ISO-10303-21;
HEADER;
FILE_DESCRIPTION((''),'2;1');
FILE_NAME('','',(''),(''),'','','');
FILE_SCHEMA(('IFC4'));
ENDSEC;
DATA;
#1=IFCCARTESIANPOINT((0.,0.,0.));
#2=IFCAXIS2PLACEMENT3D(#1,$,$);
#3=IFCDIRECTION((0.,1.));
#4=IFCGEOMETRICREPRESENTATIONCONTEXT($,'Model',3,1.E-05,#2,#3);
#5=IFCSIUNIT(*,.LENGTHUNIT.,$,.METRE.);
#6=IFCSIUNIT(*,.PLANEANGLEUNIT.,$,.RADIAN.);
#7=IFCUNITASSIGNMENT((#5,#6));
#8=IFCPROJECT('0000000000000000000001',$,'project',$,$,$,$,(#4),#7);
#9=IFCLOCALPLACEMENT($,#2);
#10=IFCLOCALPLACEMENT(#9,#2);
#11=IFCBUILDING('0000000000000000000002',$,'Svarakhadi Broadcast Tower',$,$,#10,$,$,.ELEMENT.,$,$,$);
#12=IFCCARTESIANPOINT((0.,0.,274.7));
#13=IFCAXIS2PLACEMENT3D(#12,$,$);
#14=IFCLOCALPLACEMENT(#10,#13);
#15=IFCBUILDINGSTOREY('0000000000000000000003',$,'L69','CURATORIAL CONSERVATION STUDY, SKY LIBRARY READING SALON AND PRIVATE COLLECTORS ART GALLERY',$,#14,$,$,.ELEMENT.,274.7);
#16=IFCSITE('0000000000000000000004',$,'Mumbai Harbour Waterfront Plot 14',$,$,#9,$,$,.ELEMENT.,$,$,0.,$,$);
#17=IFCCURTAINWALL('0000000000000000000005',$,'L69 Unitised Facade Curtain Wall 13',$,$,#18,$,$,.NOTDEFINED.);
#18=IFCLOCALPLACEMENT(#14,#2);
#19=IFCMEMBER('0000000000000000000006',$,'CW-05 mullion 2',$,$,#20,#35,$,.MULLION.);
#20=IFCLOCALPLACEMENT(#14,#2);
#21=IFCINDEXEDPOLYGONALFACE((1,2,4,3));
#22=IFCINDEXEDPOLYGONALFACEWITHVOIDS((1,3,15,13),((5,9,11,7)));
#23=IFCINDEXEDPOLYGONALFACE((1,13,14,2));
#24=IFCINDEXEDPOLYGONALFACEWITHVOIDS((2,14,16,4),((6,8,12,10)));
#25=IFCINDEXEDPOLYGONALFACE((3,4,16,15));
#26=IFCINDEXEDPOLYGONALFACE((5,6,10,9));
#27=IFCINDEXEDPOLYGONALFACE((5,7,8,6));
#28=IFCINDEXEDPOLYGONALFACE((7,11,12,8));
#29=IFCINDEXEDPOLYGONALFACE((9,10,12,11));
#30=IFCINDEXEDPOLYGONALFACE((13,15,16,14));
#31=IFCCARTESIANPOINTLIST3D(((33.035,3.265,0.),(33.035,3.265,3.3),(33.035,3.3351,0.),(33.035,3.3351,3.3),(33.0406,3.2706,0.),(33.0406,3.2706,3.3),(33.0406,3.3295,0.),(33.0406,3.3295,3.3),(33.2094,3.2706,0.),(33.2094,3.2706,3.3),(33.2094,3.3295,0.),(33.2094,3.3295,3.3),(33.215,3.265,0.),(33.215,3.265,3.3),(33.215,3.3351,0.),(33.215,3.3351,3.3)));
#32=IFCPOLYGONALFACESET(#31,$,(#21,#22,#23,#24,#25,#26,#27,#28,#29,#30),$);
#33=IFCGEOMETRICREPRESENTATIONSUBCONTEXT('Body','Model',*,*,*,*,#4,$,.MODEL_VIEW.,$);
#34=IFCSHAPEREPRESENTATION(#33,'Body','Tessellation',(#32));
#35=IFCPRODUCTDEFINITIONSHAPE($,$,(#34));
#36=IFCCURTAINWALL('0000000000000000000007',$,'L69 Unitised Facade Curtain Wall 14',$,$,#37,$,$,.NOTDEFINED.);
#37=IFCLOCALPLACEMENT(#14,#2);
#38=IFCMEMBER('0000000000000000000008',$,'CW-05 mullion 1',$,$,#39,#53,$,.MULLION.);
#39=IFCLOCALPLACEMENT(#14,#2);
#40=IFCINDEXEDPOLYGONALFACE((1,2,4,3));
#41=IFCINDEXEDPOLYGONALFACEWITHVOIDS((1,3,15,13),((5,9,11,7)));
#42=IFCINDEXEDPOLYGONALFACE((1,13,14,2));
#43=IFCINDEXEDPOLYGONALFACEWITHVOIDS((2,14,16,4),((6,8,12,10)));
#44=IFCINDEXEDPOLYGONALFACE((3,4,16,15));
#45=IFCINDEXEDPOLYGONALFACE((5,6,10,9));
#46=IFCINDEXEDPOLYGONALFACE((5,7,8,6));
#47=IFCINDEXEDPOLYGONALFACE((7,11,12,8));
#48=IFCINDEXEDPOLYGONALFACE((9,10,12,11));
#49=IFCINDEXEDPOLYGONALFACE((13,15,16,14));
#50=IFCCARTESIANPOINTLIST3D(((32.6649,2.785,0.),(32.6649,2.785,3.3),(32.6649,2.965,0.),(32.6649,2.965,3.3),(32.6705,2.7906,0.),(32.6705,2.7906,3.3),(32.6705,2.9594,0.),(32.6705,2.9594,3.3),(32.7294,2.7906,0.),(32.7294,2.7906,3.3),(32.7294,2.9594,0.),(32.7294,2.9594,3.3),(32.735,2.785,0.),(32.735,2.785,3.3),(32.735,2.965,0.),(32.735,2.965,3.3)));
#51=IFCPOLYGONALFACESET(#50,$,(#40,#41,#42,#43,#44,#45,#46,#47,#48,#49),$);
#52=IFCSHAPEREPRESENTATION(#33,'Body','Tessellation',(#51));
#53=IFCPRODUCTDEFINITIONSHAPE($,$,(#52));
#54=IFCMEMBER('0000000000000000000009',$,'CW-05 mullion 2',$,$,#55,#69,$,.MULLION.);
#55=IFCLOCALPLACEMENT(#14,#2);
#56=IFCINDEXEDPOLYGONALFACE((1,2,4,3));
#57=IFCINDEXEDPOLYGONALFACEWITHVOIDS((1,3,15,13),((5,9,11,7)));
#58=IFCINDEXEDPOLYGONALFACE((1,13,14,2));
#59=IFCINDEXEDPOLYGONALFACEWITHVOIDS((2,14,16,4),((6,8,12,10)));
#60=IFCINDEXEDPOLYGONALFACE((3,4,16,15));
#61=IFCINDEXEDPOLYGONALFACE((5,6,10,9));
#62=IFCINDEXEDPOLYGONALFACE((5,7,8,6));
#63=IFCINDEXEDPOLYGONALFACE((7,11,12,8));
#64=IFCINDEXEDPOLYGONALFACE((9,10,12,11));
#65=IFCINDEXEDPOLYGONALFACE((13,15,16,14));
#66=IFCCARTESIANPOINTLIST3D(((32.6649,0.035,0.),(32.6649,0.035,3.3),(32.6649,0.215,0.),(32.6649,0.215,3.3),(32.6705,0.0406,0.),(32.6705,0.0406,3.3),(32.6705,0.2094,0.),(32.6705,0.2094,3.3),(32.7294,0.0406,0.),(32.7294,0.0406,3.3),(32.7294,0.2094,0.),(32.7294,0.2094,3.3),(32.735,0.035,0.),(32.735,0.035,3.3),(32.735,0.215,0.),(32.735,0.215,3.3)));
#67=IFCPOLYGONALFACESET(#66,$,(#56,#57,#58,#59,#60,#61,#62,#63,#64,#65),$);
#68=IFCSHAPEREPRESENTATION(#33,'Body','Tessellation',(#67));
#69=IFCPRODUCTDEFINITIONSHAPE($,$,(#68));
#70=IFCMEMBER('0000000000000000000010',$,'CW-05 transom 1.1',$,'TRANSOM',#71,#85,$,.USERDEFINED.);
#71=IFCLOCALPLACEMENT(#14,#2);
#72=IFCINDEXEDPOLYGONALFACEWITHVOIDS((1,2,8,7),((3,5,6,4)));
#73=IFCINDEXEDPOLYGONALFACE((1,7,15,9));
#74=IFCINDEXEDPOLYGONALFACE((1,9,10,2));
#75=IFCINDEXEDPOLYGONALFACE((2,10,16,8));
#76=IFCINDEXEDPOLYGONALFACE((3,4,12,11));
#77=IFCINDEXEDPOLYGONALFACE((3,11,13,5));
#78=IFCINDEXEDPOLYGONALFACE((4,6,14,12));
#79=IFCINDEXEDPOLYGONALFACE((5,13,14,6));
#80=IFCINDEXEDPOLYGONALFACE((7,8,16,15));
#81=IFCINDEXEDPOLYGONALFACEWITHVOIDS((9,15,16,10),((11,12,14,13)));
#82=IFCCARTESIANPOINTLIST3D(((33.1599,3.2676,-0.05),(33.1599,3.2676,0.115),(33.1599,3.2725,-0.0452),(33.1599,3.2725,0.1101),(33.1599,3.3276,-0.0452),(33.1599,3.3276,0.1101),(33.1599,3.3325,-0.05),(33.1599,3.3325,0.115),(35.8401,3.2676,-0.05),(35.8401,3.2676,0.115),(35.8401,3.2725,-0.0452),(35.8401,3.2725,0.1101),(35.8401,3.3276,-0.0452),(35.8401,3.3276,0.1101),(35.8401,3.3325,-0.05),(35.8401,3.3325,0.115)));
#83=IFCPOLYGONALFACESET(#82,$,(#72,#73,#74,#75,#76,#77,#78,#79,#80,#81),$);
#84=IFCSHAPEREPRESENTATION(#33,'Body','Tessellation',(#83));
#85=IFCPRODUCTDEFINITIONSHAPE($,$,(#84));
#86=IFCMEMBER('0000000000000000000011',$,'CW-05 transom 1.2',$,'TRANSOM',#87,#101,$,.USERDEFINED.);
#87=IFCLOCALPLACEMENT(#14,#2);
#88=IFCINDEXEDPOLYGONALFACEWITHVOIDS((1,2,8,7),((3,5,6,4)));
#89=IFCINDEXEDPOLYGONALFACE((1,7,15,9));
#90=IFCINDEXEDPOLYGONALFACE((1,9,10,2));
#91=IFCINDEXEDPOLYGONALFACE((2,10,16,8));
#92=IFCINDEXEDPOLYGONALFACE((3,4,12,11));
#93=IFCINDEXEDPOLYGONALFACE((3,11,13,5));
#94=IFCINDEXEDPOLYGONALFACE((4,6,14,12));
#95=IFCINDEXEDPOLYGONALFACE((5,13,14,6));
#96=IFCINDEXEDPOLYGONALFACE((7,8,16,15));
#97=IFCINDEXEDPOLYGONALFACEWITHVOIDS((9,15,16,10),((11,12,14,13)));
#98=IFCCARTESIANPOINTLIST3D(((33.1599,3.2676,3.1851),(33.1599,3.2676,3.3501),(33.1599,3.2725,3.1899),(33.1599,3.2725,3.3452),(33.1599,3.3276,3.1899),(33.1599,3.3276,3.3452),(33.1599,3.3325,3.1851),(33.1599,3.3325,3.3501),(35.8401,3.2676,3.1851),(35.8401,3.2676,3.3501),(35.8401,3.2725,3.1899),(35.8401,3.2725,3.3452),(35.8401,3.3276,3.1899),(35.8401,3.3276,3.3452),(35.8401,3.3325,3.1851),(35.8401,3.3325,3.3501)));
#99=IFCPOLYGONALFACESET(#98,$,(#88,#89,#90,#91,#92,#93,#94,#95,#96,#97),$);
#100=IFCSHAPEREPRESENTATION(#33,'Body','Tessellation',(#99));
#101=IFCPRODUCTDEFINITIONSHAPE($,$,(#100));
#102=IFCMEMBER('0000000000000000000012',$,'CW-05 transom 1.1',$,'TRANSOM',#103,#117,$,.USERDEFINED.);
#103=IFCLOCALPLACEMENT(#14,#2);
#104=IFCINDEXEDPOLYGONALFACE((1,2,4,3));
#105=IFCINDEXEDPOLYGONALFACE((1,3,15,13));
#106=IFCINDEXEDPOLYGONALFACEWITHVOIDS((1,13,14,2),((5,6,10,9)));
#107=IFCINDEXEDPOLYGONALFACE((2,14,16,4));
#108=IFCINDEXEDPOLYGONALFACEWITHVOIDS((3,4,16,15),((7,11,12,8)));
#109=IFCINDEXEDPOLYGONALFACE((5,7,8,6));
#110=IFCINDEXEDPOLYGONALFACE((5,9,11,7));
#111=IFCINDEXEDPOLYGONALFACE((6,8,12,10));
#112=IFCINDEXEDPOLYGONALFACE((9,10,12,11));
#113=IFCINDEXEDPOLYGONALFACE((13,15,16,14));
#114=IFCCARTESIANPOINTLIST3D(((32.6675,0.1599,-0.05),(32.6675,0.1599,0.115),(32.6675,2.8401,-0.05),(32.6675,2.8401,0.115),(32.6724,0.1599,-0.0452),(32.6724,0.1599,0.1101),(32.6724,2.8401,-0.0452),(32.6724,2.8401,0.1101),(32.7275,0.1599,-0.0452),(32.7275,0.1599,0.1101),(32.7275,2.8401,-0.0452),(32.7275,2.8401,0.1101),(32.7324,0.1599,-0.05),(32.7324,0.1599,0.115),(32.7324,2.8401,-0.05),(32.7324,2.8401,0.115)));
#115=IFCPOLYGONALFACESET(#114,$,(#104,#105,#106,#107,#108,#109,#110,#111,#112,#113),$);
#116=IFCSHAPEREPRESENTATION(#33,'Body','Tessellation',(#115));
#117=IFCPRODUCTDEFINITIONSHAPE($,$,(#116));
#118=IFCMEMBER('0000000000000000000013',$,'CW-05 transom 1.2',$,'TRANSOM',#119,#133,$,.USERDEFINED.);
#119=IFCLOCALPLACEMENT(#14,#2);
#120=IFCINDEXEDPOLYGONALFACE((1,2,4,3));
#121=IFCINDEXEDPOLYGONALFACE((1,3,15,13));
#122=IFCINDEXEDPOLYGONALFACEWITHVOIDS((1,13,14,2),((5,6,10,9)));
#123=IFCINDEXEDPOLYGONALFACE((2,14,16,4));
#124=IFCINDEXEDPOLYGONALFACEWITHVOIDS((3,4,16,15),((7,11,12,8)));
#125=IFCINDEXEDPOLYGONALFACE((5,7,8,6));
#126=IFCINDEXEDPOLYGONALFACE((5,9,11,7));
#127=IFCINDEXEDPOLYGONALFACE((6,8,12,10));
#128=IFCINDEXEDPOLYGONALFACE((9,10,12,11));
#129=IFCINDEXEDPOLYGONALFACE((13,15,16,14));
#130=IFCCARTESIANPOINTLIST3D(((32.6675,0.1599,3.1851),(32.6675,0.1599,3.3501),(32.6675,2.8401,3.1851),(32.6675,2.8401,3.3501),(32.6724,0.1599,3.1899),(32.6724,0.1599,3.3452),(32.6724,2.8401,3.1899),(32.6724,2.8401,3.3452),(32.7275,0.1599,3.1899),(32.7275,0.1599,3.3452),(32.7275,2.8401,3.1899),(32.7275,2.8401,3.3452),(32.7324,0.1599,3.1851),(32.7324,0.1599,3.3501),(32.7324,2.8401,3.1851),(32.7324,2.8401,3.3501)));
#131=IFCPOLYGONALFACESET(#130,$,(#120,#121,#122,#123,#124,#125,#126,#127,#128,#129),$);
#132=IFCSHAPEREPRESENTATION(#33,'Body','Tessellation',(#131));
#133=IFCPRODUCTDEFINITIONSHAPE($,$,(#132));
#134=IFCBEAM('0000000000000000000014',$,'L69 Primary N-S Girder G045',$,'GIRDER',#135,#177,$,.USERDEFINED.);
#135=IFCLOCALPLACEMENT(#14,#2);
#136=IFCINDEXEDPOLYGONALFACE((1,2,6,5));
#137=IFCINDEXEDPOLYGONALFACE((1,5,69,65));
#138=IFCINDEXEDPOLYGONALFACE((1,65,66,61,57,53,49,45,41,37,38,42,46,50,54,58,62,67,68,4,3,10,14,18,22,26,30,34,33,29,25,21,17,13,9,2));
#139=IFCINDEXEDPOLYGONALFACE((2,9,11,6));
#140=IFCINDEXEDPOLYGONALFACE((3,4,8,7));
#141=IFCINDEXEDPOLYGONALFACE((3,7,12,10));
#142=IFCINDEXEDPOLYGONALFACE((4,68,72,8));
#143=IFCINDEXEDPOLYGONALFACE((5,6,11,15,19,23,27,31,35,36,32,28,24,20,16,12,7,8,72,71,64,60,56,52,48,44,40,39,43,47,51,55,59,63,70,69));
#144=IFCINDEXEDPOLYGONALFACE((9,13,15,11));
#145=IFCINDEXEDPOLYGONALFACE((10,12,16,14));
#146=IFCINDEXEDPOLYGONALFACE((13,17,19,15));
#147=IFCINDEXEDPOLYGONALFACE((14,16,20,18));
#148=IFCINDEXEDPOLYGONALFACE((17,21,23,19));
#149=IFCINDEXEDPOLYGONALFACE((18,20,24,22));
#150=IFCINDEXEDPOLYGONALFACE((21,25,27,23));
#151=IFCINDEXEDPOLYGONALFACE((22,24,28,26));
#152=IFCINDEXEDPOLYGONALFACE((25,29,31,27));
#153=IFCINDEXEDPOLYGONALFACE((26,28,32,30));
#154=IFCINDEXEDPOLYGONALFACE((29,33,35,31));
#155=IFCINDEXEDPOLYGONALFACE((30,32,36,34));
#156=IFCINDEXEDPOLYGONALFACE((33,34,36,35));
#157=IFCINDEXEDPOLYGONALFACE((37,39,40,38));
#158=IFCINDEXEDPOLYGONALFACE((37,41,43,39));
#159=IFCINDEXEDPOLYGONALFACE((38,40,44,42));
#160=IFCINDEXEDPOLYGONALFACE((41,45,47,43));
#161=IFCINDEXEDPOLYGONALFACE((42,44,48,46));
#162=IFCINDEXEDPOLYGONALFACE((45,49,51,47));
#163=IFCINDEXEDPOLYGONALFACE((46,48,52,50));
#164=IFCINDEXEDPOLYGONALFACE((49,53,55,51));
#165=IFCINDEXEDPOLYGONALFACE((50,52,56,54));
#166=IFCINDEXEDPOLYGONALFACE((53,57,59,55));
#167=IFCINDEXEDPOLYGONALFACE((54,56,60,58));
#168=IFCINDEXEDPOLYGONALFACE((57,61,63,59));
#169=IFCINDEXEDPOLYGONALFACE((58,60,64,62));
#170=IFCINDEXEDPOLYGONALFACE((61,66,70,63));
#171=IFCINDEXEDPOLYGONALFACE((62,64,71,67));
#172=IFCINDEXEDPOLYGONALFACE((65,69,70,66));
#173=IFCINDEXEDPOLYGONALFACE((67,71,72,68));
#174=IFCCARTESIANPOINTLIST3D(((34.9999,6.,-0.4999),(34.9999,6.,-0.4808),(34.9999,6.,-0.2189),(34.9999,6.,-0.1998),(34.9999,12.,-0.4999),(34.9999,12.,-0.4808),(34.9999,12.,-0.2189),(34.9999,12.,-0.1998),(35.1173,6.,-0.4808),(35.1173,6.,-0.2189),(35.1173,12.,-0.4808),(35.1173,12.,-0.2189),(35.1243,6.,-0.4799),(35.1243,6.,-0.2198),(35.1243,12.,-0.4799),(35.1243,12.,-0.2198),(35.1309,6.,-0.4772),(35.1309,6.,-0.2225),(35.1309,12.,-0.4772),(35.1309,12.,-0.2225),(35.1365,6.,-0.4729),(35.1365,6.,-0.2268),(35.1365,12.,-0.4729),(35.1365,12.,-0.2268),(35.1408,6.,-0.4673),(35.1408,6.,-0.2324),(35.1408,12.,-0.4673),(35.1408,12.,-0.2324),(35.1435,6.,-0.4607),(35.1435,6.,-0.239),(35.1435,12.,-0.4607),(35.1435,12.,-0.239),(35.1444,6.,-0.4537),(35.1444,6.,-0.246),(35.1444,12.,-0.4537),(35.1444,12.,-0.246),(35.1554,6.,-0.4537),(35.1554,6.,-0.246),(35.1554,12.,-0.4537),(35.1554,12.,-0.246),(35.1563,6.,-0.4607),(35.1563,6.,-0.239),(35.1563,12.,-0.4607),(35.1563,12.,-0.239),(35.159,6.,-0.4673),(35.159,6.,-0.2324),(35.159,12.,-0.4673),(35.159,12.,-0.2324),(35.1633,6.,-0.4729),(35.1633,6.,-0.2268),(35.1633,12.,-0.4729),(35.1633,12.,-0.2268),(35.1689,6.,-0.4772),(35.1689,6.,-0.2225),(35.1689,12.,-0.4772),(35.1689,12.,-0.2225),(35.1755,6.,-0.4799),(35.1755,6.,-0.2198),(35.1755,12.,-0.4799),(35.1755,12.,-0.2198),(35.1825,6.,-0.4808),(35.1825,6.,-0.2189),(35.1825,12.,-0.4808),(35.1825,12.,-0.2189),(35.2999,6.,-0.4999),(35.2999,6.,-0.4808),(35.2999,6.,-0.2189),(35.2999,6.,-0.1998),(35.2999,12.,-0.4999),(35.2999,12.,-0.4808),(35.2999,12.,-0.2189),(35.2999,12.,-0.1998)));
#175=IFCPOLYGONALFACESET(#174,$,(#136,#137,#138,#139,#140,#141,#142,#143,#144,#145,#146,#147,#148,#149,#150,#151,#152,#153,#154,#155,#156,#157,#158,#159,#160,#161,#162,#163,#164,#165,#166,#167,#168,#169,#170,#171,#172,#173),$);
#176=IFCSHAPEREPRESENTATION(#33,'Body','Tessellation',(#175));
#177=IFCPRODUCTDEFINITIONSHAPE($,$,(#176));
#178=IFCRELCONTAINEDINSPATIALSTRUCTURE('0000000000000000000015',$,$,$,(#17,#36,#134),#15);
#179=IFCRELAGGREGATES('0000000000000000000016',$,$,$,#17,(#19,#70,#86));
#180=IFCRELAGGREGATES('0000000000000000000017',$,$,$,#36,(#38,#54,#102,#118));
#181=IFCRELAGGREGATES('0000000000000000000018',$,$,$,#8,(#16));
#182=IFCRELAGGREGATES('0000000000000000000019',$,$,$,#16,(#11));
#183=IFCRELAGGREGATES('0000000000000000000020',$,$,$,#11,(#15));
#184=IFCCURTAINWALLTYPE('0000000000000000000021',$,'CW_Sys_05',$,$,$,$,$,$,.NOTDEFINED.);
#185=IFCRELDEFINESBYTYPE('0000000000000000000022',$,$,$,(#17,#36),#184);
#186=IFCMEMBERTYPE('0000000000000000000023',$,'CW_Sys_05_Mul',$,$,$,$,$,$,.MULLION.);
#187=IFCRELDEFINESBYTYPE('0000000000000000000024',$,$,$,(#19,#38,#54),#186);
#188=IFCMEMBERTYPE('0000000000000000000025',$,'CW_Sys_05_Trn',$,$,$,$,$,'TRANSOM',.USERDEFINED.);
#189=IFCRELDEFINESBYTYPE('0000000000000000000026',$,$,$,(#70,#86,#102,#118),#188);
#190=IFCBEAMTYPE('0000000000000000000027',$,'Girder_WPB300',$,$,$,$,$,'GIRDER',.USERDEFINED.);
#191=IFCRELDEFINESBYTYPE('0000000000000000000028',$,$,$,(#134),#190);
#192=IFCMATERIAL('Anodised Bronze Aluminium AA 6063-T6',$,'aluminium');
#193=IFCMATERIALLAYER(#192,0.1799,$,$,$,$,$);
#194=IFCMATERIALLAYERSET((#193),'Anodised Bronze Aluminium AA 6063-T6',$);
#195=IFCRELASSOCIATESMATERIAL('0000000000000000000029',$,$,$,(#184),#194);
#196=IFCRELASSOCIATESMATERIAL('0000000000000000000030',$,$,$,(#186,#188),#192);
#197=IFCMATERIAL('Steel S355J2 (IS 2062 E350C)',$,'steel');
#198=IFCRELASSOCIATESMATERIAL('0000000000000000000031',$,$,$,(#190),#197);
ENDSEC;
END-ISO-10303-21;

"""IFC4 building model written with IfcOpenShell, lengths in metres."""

from ifc_helpers import new_model, si_unit, direction, frame, origin, origin_2d, place, context, subcontext, project, spatial, hollow_rectangle, i_section, extrude, material, layer, layer_set, material_profile, profile_set, type_object, element, aggregate, save


model = new_model("IFC4")

# Units and contexts
model_context = context("Model", 3, precision=1e-05, world=origin(), true_north=direction((0.0, 1.0)))
body_context = subcontext(model_context, "Body", "Model", "MODEL_VIEW")
ifc_project = project(units=[si_unit("LENGTHUNIT", "METRE"), si_unit("PLANEANGLEUNIT", "RADIAN")], contexts=[model_context])

# Site, building, storey
site_placement = place(None, origin())
site = spatial("IfcSite", under=ifc_project, at=site_placement, Name="Mumbai Harbour Waterfront Plot 14", CompositionType="ELEMENT", RefElevation=0.0)
building_placement = place(site_placement, origin())
building = spatial("IfcBuilding", under=site, at=building_placement, Name="Svarakhadi Broadcast Tower", CompositionType="ELEMENT")
storey_placement = place(building_placement, frame((0.0, 0.0, 274.7)))
storey = spatial("IfcBuildingStorey", under=building, at=storey_placement, Name="L69", Description="CURATORIAL CONSERVATION STUDY, SKY LIBRARY READING SALON AND PRIVATE COLLECTORS ART GALLERY", CompositionType="ELEMENT", Elevation=274.7)

# Shared definitions
ifc_material_1 = material(Name="Anodised Bronze Aluminium AA 6063-T6", Category="aluminium")
ifc_layer_1 = layer(ifc_material_1, 0.1799)
ifc_layer_set_1 = layer_set([ifc_layer_1], Name="Anodised Bronze Aluminium AA 6063-T6")
curtain_wall_type = type_object("IfcCurtainWallType", Name="CW_Sys_05", PredefinedType="NOTDEFINED", material=ifc_layer_set_1)
ifc_material_profile_1 = material_profile(ifc_material_1, hollow_rectangle(XDim=0.0701, YDim=0.1799, WallThickness=0.0056, at=origin_2d()), Name="ALU MULLION 180x70x6")
ifc_profile_set_1 = profile_set([ifc_material_profile_1], Name="Anodised Bronze Aluminium AA 6063-T6")
member_type_1 = type_object("IfcMemberType", Name="CW_Sys_05_Mul", PredefinedType="MULLION", material=ifc_profile_set_1)

# Curtain walls, members
curtain_wall_1_placement = place(storey_placement, origin())
curtain_wall_1 = element("IfcCurtainWall", 1, at=curtain_wall_1_placement, inside=storey, type_object=curtain_wall_type, Name="L69 Unitised Facade Curtain Wall 13", PredefinedType="NOTDEFINED")
member_1_placement = place(storey_placement, frame((33.125, 3.3, 0.0), z_axis=(0.0, 0.0, 1.0), x_axis=(0.0, -1.0, 0.0)))
member_1 = element("IfcMember", 2, at=member_1_placement, type_object=member_type_1, Name="CW-05 mullion 2", PredefinedType="MULLION", context=body_context, shape_type="SweptSolid", body=[
    extrude(hollow_rectangle(XDim=0.0701, YDim=0.1799, WallThickness=0.0056, at=origin_2d()), origin(), (0.0, 0.0, 1.0), 3.3),
])
curtain_wall_2_placement = place(storey_placement, origin())
curtain_wall_2 = element("IfcCurtainWall", 3, at=curtain_wall_2_placement, inside=storey, type_object=curtain_wall_type, Name="L69 Unitised Facade Curtain Wall 14", PredefinedType="NOTDEFINED")
member_2_placement = place(storey_placement, frame((32.7, 2.875, 0.0), z_axis=(0.0, 0.0, 1.0), x_axis=(1.0, 0.0, 0.0)))
member_2 = element("IfcMember", 4, at=member_2_placement, type_object=member_type_1, Name="CW-05 mullion 1", PredefinedType="MULLION", context=body_context, shape_type="SweptSolid", body=[
    extrude(hollow_rectangle(XDim=0.0701, YDim=0.1799, WallThickness=0.0056, at=origin_2d()), origin(), (0.0, 0.0, 1.0), 3.3),
])
member_3_placement = place(storey_placement, frame((32.7, 0.125, 0.0), z_axis=(0.0, 0.0, 1.0), x_axis=(1.0, 0.0, 0.0)))
member_3 = element("IfcMember", 5, at=member_3_placement, type_object=member_type_1, Name="CW-05 mullion 2", PredefinedType="MULLION", context=body_context, shape_type="SweptSolid", body=[
    extrude(hollow_rectangle(XDim=0.0701, YDim=0.1799, WallThickness=0.0056, at=origin_2d()), origin(), (0.0, 0.0, 1.0), 3.3),
])

# Members
ifc_material_profile_2 = material_profile(ifc_material_1, hollow_rectangle(XDim=0.0649, YDim=0.165, WallThickness=0.0049, at=origin_2d()), Name="ALU TRANSOM 165x65x5")
ifc_profile_set_2 = profile_set([ifc_material_profile_2], Name="Anodised Bronze Aluminium AA 6063-T6")
member_type_2 = type_object("IfcMemberType", Name="CW_Sys_05_Trn", ElementType="TRANSOM", PredefinedType="USERDEFINED", material=ifc_profile_set_2)
member_4_placement = place(storey_placement, frame((35.8401, 3.3, 0.0325), z_axis=(-1.0, 0.0, 0.0), x_axis=(0.0, -1.0, 0.0)))
member_4 = element("IfcMember", 6, at=member_4_placement, type_object=member_type_2, Name="CW-05 transom 1.1", ObjectType="TRANSOM", PredefinedType="USERDEFINED", context=body_context, shape_type="SweptSolid", body=[
    extrude(hollow_rectangle(XDim=0.0649, YDim=0.165, WallThickness=0.0049, at=origin_2d()), origin(), (0.0, 0.0, 1.0), 2.6802),
])
member_5_placement = place(storey_placement, frame((35.8401, 3.3, 3.2676), z_axis=(-1.0, 0.0, 0.0), x_axis=(0.0, -1.0, 0.0)))
member_5 = element("IfcMember", 7, at=member_5_placement, type_object=member_type_2, Name="CW-05 transom 1.2", ObjectType="TRANSOM", PredefinedType="USERDEFINED", context=body_context, shape_type="SweptSolid", body=[
    extrude(hollow_rectangle(XDim=0.0649, YDim=0.165, WallThickness=0.0049, at=origin_2d()), origin(), (0.0, 0.0, 1.0), 2.6802),
])
member_6_placement = place(storey_placement, frame((32.7, 2.8401, 0.0325), z_axis=(0.0, -1.0, 0.0), x_axis=(1.0, 0.0, 0.0)))
member_6 = element("IfcMember", 8, at=member_6_placement, type_object=member_type_2, Name="CW-05 transom 1.1", ObjectType="TRANSOM", PredefinedType="USERDEFINED", context=body_context, shape_type="SweptSolid", body=[
    extrude(hollow_rectangle(XDim=0.0649, YDim=0.165, WallThickness=0.0049, at=origin_2d()), origin(), (0.0, 0.0, 1.0), 2.6802),
])
member_7_placement = place(storey_placement, frame((32.7, 2.8401, 3.2676), z_axis=(0.0, -1.0, 0.0), x_axis=(1.0, 0.0, 0.0)))
member_7 = element("IfcMember", 9, at=member_7_placement, type_object=member_type_2, Name="CW-05 transom 1.2", ObjectType="TRANSOM", PredefinedType="USERDEFINED", context=body_context, shape_type="SweptSolid", body=[
    extrude(hollow_rectangle(XDim=0.0649, YDim=0.165, WallThickness=0.0049, at=origin_2d()), origin(), (0.0, 0.0, 1.0), 2.6802),
])

# Beam
ifc_material_2 = material(Name="Steel S355J2 (IS 2062 E350C)", Category="steel")
ifc_material_profile_3 = material_profile(ifc_material_2, i_section(OverallWidth=0.3, OverallDepth=0.3, WebThickness=0.011, FlangeThickness=0.019, FilletRadius=0.0271, at=origin_2d()), Name="WPB 300x300x117")
ifc_profile_set_3 = profile_set([ifc_material_profile_3], Name="Steel S355J2 (IS 2062 E350C)")
beam_type_1 = type_object("IfcBeamType", Name="Girder_WPB300", ElementType="GIRDER", PredefinedType="USERDEFINED", material=ifc_profile_set_3)
beam_1_placement = place(storey_placement, frame((35.1499, 6.0, -0.3499), z_axis=(0.0, 1.0, 0.0), x_axis=(-1.0, 0.0, 0.0)))
element("IfcBeam", 10, at=beam_1_placement, inside=storey, type_object=beam_type_1, Name="L69 Primary N-S Girder G045", ObjectType="GIRDER", PredefinedType="USERDEFINED", context=body_context, shape_type="SweptSolid", body=[
    extrude(i_section(OverallWidth=0.3, OverallDepth=0.3, WebThickness=0.011, FlangeThickness=0.019, FilletRadius=0.0271, at=origin_2d()), origin(), (0.0, 0.0, 1.0), 6.0),
])

aggregate(curtain_wall_1, [member_1, member_4, member_5])
aggregate(curtain_wall_2, [member_2, member_3, member_6, member_7])

save(model, "model.ifc")
